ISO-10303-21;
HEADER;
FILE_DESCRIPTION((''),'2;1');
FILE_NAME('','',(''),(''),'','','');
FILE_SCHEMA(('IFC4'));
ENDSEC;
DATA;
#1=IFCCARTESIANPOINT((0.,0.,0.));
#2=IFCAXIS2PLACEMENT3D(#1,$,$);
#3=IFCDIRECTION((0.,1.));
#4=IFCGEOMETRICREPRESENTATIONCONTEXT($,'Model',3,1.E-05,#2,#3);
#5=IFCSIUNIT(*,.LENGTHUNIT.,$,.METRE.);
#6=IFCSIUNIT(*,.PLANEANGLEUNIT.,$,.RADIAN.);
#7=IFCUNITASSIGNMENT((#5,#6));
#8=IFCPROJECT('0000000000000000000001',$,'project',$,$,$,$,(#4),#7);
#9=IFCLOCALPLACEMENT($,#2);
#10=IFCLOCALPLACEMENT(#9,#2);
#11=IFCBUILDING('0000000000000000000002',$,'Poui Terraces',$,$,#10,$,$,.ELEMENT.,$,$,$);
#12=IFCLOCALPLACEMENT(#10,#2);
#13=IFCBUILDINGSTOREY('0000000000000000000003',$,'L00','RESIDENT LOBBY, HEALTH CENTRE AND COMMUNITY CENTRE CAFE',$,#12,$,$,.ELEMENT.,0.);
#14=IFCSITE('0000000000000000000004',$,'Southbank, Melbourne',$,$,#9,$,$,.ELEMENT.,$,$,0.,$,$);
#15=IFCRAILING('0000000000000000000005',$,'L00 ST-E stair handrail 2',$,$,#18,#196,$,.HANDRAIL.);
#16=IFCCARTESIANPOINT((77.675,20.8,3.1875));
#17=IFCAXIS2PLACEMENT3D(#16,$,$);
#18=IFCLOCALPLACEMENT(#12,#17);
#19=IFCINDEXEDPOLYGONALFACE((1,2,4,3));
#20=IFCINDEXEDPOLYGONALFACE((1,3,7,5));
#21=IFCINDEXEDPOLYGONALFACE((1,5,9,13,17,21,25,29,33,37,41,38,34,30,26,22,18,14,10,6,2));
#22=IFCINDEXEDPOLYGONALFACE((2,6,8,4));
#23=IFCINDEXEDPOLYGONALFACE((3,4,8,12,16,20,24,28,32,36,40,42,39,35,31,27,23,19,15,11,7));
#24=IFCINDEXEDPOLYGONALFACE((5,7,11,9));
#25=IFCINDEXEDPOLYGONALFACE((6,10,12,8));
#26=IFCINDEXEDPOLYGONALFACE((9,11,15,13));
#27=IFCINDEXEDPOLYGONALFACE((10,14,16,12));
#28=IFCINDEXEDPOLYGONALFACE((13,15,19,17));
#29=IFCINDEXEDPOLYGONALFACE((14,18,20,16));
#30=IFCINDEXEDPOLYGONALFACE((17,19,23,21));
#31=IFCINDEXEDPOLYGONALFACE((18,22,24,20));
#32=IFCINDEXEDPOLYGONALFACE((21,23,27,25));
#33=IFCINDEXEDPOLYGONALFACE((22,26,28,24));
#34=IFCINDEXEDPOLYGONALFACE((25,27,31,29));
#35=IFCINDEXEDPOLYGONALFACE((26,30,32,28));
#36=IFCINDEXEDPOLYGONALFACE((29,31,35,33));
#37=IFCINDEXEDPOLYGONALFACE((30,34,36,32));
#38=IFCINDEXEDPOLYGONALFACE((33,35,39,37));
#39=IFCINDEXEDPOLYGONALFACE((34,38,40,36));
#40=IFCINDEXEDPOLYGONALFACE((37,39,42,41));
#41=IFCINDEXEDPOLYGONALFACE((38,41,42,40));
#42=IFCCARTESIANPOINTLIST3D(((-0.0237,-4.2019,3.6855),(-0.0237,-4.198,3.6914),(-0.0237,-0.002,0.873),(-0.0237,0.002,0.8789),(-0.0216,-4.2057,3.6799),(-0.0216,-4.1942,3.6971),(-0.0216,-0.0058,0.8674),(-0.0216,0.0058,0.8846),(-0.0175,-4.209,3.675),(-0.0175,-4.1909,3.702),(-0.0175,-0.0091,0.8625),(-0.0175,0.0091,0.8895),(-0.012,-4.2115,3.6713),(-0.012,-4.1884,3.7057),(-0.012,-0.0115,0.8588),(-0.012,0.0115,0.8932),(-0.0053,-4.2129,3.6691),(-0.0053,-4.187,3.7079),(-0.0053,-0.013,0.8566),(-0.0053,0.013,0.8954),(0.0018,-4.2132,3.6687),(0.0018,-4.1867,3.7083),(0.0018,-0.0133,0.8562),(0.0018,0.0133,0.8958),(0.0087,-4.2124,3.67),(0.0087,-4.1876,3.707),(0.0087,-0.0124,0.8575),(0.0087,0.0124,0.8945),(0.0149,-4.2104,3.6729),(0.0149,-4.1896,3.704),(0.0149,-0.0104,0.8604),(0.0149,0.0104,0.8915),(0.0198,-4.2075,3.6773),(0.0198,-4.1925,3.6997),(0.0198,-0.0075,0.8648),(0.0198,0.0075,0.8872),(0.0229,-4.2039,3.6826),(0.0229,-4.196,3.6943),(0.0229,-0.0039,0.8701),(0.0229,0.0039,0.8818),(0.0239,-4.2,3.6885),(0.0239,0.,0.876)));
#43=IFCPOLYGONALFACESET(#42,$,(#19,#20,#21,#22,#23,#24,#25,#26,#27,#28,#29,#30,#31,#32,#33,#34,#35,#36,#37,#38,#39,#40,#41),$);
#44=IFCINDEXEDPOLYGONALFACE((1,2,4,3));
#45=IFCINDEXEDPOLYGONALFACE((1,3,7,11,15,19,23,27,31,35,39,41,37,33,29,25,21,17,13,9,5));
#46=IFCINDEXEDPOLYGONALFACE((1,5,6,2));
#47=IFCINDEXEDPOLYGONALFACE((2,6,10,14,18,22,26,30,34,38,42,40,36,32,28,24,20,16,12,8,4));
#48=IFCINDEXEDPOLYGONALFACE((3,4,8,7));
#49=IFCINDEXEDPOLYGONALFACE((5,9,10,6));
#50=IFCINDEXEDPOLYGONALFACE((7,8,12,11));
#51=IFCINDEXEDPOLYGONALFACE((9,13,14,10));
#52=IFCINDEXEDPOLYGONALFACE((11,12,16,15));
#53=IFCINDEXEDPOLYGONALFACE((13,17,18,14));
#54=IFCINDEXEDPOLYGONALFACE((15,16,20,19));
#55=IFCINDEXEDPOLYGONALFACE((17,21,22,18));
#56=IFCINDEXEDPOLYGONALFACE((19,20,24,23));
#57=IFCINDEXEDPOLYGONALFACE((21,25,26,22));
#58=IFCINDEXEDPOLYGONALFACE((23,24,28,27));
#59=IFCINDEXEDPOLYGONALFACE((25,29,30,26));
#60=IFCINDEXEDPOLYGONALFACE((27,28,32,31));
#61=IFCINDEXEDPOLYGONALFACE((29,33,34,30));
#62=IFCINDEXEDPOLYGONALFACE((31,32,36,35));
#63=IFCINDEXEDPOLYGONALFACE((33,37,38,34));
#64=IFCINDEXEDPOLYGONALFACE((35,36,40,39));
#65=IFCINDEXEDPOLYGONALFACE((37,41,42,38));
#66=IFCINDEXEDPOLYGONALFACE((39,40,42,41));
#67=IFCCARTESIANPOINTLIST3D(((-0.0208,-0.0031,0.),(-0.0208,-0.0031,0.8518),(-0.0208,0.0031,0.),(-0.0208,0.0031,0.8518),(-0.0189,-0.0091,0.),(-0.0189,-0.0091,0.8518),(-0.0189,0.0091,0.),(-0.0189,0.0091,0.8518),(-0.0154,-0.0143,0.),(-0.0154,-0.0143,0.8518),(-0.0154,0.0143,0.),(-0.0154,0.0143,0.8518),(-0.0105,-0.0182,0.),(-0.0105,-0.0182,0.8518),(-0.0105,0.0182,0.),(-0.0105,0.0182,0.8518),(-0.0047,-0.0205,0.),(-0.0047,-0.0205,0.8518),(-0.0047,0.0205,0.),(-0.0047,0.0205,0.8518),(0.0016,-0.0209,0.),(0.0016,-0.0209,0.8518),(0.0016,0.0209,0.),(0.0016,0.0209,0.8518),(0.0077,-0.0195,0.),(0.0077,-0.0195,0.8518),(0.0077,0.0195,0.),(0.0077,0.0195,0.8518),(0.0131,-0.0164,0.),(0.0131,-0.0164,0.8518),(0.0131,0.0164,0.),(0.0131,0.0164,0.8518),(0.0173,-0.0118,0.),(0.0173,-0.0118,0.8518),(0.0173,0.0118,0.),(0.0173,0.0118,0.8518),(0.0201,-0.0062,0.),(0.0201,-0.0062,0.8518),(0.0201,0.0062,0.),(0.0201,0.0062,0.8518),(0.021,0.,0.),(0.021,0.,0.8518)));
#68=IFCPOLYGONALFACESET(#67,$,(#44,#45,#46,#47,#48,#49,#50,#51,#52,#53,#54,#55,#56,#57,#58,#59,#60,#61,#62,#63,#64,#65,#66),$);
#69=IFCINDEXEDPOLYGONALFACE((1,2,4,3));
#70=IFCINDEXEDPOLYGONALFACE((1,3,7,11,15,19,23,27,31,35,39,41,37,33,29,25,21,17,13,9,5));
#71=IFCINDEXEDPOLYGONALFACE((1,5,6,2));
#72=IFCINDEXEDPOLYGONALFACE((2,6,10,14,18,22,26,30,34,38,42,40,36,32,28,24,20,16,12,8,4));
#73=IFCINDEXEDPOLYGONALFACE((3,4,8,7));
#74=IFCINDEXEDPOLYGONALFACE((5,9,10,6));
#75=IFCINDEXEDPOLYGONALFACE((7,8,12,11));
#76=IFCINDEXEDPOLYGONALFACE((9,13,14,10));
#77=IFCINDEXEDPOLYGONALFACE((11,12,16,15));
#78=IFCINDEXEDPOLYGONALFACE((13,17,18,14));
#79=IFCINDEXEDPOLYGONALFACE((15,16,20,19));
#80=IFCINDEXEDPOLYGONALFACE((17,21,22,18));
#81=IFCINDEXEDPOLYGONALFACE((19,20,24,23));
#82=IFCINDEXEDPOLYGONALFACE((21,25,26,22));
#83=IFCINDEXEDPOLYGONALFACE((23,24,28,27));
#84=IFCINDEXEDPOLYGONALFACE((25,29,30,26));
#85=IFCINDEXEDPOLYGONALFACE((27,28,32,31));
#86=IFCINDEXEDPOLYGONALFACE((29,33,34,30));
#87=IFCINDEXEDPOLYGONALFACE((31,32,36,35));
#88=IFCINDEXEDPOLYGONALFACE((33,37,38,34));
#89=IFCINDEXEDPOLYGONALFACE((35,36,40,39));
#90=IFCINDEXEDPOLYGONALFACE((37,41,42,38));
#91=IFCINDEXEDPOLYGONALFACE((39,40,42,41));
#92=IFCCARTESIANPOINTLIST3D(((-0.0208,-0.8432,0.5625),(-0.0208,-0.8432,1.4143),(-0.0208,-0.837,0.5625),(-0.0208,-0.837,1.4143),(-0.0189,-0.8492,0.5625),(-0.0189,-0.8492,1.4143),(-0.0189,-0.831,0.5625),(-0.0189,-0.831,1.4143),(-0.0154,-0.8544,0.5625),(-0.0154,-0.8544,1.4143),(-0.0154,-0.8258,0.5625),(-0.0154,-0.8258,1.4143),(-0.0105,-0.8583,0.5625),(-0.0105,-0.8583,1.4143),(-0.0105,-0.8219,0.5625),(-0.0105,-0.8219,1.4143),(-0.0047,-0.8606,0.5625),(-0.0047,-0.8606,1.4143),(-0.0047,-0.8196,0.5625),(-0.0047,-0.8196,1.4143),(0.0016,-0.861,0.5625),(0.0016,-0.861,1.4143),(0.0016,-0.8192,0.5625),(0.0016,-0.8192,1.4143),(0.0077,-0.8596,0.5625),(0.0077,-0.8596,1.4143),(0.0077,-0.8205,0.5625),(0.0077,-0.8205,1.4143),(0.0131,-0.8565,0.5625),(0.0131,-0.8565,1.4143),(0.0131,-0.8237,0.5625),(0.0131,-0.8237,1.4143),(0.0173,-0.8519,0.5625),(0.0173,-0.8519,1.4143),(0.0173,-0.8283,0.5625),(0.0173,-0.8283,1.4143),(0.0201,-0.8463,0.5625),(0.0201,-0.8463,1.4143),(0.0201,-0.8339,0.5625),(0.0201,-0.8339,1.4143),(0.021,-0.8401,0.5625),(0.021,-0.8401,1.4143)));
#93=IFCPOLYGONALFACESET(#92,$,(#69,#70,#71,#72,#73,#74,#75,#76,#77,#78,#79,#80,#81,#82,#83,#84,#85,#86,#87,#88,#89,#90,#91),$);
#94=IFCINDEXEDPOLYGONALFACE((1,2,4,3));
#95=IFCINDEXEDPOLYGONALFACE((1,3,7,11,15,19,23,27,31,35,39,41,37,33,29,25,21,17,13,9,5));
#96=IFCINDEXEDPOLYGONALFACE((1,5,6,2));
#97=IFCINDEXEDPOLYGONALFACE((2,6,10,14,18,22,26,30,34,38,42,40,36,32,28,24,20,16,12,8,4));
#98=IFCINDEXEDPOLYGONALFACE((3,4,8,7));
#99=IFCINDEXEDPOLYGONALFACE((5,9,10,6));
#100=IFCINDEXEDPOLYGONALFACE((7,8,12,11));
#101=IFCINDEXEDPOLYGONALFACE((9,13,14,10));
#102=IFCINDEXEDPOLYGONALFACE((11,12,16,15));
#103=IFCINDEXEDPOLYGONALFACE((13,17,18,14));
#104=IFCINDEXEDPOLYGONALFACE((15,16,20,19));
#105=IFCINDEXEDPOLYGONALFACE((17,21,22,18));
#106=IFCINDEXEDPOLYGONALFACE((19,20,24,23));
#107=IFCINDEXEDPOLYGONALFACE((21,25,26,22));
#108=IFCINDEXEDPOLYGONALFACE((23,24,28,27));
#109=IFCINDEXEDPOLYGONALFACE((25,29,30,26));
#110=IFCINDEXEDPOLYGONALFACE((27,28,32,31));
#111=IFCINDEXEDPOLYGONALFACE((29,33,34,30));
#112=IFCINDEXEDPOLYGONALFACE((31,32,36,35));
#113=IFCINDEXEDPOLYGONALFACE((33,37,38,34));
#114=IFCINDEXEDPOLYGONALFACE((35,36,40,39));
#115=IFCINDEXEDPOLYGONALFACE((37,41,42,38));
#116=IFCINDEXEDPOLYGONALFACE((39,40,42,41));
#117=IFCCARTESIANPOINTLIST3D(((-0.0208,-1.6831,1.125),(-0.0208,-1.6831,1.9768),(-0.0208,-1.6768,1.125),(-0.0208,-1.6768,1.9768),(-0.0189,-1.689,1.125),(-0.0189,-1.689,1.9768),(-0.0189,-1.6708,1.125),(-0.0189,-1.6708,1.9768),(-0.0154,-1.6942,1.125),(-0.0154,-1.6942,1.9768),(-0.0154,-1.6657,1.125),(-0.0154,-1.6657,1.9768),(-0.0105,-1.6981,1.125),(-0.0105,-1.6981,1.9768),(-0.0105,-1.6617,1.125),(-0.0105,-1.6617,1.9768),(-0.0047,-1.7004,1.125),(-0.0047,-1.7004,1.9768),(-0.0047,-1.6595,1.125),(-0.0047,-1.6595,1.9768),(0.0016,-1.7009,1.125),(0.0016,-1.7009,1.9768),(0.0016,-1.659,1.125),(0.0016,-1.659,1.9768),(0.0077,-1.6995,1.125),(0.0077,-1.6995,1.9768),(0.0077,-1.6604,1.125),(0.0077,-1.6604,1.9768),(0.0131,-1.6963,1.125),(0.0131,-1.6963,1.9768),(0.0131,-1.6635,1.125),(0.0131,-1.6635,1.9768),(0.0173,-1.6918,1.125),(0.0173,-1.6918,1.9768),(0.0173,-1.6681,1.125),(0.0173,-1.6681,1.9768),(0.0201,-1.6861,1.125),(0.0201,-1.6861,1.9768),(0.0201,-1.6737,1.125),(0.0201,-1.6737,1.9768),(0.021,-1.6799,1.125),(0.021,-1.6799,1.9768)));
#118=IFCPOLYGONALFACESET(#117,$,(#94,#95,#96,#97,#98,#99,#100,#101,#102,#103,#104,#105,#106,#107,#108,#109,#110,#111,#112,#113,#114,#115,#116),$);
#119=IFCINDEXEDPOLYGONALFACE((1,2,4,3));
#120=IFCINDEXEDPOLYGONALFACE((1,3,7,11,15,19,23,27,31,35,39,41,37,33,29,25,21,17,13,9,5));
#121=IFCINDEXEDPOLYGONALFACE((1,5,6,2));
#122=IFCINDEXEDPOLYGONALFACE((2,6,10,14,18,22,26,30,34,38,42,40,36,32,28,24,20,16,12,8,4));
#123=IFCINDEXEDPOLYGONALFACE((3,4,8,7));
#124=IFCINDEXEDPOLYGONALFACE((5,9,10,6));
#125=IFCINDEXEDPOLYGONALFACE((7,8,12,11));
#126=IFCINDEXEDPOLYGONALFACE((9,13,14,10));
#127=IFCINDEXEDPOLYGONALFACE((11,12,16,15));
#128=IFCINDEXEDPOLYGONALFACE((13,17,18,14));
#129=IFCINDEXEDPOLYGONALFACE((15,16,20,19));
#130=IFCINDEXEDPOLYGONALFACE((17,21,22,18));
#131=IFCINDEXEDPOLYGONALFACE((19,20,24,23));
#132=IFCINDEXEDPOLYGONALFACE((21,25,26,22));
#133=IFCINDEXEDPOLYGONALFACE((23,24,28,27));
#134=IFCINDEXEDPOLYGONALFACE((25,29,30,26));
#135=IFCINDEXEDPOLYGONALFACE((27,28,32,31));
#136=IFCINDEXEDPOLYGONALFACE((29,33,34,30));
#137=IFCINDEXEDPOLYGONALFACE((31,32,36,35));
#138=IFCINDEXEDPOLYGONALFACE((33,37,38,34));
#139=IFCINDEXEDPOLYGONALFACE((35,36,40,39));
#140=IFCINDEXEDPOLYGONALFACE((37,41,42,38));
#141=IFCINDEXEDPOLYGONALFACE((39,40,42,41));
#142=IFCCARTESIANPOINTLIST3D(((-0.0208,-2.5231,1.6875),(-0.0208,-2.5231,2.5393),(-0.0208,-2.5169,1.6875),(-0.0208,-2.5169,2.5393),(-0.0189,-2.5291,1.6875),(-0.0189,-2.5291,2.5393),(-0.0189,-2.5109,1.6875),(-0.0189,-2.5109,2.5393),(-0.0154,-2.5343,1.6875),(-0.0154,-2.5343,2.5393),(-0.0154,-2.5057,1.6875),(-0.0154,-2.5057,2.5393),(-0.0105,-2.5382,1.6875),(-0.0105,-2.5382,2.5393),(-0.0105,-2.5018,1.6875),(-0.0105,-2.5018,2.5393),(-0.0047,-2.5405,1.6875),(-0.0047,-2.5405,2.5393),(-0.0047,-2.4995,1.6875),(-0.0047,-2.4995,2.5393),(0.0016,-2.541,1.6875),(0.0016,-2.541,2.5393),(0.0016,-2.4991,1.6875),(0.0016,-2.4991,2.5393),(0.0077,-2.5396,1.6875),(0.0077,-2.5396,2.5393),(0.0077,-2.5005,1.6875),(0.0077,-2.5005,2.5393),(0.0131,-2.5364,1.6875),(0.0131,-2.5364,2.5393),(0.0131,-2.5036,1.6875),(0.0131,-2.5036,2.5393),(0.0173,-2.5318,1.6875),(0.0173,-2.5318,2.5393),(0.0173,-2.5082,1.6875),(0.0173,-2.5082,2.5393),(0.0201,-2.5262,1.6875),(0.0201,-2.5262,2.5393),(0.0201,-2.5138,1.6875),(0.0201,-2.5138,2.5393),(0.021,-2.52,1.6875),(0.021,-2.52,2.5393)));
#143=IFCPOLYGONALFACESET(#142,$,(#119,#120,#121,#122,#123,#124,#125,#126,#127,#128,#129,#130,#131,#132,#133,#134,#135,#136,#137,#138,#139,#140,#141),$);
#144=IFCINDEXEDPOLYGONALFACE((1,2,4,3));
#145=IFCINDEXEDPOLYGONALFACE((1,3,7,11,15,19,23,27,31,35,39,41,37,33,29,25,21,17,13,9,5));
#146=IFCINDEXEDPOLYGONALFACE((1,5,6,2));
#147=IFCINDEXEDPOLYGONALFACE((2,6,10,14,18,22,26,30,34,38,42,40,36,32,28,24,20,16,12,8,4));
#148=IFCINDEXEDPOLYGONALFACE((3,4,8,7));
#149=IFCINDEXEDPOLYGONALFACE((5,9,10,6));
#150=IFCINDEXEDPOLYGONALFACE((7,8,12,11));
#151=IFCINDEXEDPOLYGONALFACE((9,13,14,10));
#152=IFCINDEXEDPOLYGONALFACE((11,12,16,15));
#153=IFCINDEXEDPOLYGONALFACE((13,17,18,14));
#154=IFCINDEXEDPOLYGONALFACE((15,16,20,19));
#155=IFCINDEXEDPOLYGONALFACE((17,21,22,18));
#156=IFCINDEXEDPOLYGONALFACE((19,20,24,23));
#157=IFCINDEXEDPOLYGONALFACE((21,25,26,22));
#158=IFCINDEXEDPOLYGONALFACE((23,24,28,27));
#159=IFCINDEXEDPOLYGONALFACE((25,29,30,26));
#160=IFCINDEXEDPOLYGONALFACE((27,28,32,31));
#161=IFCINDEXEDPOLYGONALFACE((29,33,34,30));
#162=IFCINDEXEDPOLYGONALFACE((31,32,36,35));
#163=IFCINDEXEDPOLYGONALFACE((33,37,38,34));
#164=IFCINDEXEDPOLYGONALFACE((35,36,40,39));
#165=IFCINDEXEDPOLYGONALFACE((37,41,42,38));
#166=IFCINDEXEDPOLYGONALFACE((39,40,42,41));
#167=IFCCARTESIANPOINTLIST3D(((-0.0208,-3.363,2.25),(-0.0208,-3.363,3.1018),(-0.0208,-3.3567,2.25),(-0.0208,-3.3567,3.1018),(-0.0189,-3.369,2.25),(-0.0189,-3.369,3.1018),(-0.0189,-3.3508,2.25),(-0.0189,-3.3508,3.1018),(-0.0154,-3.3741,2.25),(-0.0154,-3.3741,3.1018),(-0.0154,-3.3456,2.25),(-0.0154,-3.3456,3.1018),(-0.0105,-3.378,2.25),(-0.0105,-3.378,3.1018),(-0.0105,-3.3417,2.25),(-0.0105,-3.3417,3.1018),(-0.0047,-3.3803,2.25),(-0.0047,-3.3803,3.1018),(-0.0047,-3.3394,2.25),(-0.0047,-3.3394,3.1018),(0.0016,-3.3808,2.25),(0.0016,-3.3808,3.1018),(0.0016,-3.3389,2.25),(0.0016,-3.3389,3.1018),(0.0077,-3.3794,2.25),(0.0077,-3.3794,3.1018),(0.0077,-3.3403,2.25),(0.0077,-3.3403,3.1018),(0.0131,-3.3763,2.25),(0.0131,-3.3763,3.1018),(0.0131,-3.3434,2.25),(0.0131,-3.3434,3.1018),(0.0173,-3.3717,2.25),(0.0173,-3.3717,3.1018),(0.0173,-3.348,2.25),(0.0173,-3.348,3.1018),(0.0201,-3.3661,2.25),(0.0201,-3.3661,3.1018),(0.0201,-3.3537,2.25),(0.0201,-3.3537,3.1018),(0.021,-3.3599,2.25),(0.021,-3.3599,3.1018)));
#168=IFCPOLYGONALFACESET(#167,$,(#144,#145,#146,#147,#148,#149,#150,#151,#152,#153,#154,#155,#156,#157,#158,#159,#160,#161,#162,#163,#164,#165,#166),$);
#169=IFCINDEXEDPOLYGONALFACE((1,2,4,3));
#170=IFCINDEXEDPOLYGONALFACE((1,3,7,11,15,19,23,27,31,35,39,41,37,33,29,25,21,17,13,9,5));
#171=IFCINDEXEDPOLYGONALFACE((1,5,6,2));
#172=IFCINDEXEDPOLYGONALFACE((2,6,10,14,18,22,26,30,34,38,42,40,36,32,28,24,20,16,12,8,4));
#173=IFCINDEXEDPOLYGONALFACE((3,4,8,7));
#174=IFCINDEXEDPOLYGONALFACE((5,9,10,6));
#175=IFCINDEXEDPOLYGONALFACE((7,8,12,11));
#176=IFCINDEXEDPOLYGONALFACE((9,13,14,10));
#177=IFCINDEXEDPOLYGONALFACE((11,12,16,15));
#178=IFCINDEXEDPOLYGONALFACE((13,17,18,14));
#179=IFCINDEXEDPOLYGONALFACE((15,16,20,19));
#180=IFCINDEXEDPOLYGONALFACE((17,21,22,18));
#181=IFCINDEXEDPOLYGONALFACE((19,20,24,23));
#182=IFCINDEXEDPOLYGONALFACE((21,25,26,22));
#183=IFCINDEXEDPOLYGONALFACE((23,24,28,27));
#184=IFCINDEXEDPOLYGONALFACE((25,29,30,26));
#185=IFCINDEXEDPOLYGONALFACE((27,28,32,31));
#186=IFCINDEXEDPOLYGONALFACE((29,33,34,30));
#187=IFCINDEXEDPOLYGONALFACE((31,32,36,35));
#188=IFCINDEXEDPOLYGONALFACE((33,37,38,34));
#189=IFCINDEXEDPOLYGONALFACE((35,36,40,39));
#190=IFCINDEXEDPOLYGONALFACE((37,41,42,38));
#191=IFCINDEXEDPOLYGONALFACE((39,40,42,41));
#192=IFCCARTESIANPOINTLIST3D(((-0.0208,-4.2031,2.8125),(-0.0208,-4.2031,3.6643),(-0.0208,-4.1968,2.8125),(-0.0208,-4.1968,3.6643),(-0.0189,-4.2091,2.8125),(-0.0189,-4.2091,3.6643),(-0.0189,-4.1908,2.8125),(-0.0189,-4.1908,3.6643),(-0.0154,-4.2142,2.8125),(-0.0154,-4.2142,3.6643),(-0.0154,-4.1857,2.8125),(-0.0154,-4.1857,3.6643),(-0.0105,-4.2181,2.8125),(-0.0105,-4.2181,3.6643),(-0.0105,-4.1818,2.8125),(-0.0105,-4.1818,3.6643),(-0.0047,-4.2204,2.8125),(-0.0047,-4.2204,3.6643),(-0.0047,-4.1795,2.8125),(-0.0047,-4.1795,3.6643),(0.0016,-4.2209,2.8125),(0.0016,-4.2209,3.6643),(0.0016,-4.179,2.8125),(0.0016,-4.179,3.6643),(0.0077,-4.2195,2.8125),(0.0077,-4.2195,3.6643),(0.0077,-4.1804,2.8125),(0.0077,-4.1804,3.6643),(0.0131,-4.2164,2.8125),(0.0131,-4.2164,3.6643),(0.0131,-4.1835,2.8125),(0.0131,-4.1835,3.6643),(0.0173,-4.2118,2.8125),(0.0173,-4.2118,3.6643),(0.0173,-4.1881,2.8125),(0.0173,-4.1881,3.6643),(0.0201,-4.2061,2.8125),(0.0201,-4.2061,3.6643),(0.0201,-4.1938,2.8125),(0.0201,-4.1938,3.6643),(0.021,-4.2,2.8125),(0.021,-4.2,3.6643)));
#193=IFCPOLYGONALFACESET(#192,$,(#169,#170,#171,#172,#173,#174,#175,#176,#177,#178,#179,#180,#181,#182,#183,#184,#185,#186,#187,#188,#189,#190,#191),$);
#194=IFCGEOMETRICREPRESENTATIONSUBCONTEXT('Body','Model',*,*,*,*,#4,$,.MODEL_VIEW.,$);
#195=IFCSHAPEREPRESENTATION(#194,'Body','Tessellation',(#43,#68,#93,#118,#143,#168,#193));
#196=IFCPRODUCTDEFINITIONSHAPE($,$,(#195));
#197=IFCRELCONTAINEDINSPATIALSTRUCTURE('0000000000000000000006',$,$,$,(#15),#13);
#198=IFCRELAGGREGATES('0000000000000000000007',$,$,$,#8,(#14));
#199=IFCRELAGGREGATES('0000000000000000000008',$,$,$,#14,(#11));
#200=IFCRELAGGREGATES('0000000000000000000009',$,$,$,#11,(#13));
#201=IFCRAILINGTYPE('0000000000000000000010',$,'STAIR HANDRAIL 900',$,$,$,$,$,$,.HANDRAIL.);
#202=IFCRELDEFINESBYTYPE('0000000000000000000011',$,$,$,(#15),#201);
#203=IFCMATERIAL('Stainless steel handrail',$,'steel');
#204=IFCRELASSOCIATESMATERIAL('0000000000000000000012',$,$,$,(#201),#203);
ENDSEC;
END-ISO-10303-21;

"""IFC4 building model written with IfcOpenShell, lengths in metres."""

from ifc_helpers import new_model, si_unit, direction, frame, origin, origin_2d, place, context, subcontext, project, spatial, circle, extrude, material, type_object, element, save


model = new_model("IFC4")

# Units and contexts
model_context = context("Model", 3, precision=1e-05, world=origin(), true_north=direction((0.0, 1.0)))
body_context = subcontext(model_context, "Body", "Model", "MODEL_VIEW")
ifc_project = project(units=[si_unit("LENGTHUNIT", "METRE"), si_unit("PLANEANGLEUNIT", "RADIAN")], contexts=[model_context])

# Site, building, storey
site_placement = place(None, origin())
site = spatial("IfcSite", under=ifc_project, at=site_placement, Name="Southbank, Melbourne", CompositionType="ELEMENT", RefElevation=0.0)
building_placement = place(site_placement, origin())
building = spatial("IfcBuilding", under=site, at=building_placement, Name="Poui Terraces", CompositionType="ELEMENT")
storey_placement = place(building_placement, origin())
storey = spatial("IfcBuildingStorey", under=building, at=storey_placement, Name="L00", Description="RESIDENT LOBBY, HEALTH CENTRE AND COMMUNITY CENTRE CAFE", CompositionType="ELEMENT", Elevation=0.0)

# Railing
ifc_material_1 = material(Name="Stainless steel handrail", Category="steel")
railing_type_1 = type_object("IfcRailingType", Name="STAIR HANDRAIL 900", PredefinedType="HANDRAIL", material=ifc_material_1)
railing_1_placement = place(storey_placement, frame((77.675, 20.8, 3.1875)))
element("IfcRailing", 1, at=railing_1_placement, inside=storey, type_object=railing_type_1, Name="L00 ST-E stair handrail 2", PredefinedType="HANDRAIL", context=body_context, shape_type="SweptSolid", body=[
    extrude(circle(Radius=0.0239, at=origin_2d()), frame((0.0, 0.0, 0.876), z_axis=(0.0, -0.830904, 0.556416), x_axis=(1.0, 0.0, 0.0)), (0.0, 0.0, 1.0), 5.0547),
    extrude(circle(Radius=0.021, at=origin_2d()), origin(), (0.0, 0.0, 1.0), 0.8518),
    extrude(circle(Radius=0.021, at=origin_2d()), frame((0.0, -0.8401, 0.5625)), (0.0, 0.0, 1.0), 0.8518),
    extrude(circle(Radius=0.021, at=origin_2d()), frame((0.0, -1.6799, 1.125)), (0.0, 0.0, 1.0), 0.8518),
    extrude(circle(Radius=0.021, at=origin_2d()), frame((0.0, -2.52, 1.6875)), (0.0, 0.0, 1.0), 0.8518),
    extrude(circle(Radius=0.021, at=origin_2d()), frame((0.0, -3.3599, 2.25)), (0.0, 0.0, 1.0), 0.8518),
    extrude(circle(Radius=0.021, at=origin_2d()), frame((0.0, -4.2, 2.8125)), (0.0, 0.0, 1.0), 0.8518),
])

save(model, "model.ifc")
